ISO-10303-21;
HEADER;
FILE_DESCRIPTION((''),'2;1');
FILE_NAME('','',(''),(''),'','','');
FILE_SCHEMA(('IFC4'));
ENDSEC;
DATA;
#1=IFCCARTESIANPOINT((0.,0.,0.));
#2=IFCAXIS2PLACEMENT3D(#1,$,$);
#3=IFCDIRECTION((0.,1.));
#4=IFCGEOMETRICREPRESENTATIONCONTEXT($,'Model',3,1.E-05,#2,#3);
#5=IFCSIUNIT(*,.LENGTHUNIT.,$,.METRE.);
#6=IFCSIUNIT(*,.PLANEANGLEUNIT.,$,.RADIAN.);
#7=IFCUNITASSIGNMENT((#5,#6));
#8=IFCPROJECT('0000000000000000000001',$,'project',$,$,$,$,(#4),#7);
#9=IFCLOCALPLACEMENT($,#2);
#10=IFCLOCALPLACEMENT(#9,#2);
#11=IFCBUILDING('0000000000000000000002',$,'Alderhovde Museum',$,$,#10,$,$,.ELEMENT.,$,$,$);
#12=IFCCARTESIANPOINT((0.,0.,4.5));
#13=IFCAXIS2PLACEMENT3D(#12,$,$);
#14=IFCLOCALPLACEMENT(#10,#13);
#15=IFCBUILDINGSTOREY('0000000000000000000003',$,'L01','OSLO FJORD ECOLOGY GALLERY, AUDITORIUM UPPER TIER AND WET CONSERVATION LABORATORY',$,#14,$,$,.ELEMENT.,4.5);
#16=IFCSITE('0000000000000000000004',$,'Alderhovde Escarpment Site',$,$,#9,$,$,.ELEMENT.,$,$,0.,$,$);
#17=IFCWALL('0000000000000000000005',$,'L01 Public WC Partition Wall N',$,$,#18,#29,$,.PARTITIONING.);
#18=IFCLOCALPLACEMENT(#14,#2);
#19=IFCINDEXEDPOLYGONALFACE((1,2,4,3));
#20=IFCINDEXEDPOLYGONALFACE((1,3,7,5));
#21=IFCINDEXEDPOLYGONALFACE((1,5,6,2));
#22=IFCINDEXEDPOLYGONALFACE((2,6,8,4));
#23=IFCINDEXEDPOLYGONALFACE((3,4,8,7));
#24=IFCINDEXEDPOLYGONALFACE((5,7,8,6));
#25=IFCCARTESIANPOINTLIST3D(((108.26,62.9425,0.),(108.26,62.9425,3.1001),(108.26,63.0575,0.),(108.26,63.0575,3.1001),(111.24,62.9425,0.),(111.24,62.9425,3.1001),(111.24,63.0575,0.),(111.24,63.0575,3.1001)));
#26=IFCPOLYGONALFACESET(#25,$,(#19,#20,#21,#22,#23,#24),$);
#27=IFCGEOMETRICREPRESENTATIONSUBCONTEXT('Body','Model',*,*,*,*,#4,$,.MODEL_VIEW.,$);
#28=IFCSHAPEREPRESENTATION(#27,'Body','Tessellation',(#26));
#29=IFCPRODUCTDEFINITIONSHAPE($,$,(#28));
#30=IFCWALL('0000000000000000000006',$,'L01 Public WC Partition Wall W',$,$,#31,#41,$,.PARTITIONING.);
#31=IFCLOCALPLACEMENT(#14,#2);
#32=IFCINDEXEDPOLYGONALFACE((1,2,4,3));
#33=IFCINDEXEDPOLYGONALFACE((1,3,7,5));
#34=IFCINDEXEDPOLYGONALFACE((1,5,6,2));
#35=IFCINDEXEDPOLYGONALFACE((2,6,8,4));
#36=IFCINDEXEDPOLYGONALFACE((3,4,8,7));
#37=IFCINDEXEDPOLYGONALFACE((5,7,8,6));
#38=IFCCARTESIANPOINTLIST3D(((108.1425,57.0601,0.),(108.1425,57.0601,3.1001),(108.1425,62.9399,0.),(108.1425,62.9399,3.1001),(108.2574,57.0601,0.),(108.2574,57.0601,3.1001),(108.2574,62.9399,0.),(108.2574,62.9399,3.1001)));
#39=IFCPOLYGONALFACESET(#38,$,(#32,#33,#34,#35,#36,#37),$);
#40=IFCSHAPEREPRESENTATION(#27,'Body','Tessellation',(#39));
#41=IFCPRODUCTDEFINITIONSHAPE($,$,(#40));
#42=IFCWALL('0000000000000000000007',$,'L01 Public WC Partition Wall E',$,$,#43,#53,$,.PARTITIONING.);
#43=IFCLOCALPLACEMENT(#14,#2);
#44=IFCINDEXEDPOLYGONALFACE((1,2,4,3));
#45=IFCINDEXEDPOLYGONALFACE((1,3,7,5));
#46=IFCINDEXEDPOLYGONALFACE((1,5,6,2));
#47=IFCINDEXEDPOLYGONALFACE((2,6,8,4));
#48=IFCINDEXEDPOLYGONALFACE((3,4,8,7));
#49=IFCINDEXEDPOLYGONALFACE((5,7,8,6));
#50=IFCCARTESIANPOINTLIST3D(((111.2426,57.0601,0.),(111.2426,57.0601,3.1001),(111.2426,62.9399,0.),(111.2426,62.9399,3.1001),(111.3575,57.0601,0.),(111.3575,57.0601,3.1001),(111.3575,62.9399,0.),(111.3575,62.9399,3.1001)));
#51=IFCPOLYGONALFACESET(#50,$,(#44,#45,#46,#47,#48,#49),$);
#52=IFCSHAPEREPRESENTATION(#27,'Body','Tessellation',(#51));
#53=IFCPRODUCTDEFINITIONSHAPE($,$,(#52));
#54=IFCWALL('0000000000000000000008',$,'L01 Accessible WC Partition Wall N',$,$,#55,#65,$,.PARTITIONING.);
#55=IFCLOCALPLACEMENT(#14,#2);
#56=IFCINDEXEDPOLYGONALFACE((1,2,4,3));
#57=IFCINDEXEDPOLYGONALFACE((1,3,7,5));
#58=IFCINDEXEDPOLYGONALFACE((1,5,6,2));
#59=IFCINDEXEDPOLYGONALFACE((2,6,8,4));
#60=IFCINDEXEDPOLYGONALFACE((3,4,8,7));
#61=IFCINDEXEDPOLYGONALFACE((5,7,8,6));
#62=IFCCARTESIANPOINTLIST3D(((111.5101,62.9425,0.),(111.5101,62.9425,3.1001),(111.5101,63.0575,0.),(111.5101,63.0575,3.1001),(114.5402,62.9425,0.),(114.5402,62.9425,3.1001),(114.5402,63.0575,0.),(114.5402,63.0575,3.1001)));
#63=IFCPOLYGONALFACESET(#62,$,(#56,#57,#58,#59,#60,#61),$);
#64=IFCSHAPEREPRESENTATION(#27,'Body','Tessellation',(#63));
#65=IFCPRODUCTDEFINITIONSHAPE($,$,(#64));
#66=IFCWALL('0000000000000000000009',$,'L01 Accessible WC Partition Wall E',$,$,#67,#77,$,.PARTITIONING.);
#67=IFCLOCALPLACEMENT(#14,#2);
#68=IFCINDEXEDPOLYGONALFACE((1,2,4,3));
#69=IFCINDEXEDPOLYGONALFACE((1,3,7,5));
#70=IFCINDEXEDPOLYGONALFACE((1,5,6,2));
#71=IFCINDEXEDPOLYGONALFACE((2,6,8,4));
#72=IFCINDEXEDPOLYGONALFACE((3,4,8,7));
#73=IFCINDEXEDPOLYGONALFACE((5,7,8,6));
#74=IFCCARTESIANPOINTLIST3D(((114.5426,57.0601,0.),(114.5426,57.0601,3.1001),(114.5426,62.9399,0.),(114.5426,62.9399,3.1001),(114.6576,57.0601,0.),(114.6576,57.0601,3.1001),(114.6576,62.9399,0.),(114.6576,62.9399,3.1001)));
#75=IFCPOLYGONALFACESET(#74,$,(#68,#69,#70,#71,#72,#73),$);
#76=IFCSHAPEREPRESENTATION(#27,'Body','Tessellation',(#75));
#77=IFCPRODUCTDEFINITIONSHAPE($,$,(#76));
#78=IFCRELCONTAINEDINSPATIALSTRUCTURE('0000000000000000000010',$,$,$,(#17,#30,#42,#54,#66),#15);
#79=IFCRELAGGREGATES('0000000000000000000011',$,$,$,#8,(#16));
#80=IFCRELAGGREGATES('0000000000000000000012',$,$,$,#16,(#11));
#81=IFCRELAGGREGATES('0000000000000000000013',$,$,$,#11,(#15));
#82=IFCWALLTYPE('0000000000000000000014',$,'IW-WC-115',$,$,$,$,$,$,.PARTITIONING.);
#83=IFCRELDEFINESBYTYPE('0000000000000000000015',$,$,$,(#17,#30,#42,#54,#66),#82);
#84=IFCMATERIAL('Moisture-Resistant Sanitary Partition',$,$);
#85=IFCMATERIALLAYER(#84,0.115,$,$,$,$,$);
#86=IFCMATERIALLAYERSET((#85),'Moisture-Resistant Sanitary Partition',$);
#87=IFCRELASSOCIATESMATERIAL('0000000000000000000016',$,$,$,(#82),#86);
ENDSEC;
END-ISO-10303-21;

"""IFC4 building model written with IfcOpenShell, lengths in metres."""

from ifc_helpers import new_model, si_unit, direction, frame, frame_2d, origin, place, context, subcontext, project, spatial, rectangle, extrude, material, layer, layer_set, type_object, element, save


model = new_model("IFC4")

# Units and contexts
model_context = context("Model", 3, precision=1e-05, world=origin(), true_north=direction((0.0, 1.0)))
body_context = subcontext(model_context, "Body", "Model", "MODEL_VIEW")
ifc_project = project(units=[si_unit("LENGTHUNIT", "METRE"), si_unit("PLANEANGLEUNIT", "RADIAN")], contexts=[model_context])

# Site, building, storey
site_placement = place(None, origin())
site = spatial("IfcSite", under=ifc_project, at=site_placement, Name="Alderhovde Escarpment Site", CompositionType="ELEMENT", RefElevation=0.0)
building_placement = place(site_placement, origin())
building = spatial("IfcBuilding", under=site, at=building_placement, Name="Alderhovde Museum", CompositionType="ELEMENT")
storey_placement = place(building_placement, frame((0.0, 0.0, 4.5)))
storey = spatial("IfcBuildingStorey", under=building, at=storey_placement, Name="L01", Description="OSLO FJORD ECOLOGY GALLERY, AUDITORIUM UPPER TIER AND WET CONSERVATION LABORATORY", CompositionType="ELEMENT", Elevation=4.5)

# Wall
ifc_material_1 = material(Name="Moisture-Resistant Sanitary Partition")
ifc_layer = layer(ifc_material_1, 0.115)
ifc_layer_set = layer_set([ifc_layer], Name="Moisture-Resistant Sanitary Partition")
wall_type = type_object("IfcWallType", Name="IW-WC-115", PredefinedType="PARTITIONING", material=ifc_layer_set)
wall_1_placement = place(storey_placement, frame((108.26, 63.0, 0.0), z_axis=(0.0, 0.0, 1.0), x_axis=(1.0, 0.0, 0.0)))
element("IfcWall", 1, at=wall_1_placement, inside=storey, type_object=wall_type, Name="L01 Public WC Partition Wall N", PredefinedType="PARTITIONING", context=body_context, shape_type="SweptSolid", body=[
    extrude(rectangle(XDim=2.98, YDim=0.115, at=frame_2d((1.49, 0.0))), origin(), (0.0, 0.0, 1.0), 3.1001),
])

# Walls
for number, where, z_axis, x_axis, name in (
    (2, (108.2, 57.0601, 0.0), (0.0, 0.0, 1.0), (0.0, 1.0, 0.0), "L01 Public WC Partition Wall W"),
    (3, (111.3, 57.0601, 0.0), (0.0, 0.0, 1.0), (0.0, 1.0, 0.0), "L01 Public WC Partition Wall E"),
):
    element("IfcWall", number, at=place(storey_placement, frame(where, z_axis=z_axis, x_axis=x_axis)), inside=storey, type_object=wall_type, Name=name, PredefinedType="PARTITIONING", context=body_context, shape_type="SweptSolid", body=[
        extrude(rectangle(XDim=5.8799, YDim=0.115, at=frame_2d((2.9399, 0.0))), origin(), (0.0, 0.0, 1.0), 3.1001),
    ])
wall_2_placement = place(storey_placement, frame((111.51, 63.0, 0.0), z_axis=(0.0, 0.0, 1.0), x_axis=(1.0, 0.0, 0.0)))
element("IfcWall", 4, at=wall_2_placement, inside=storey, type_object=wall_type, Name="L01 Accessible WC Partition Wall N", PredefinedType="PARTITIONING", context=body_context, shape_type="SweptSolid", body=[
    extrude(rectangle(XDim=3.03, YDim=0.115, at=frame_2d((1.5151, 0.0))), origin(), (0.0, 0.0, 1.0), 3.1001),
])

# Wall
wall_3_placement = place(storey_placement, frame((114.6001, 57.0601, 0.0), z_axis=(0.0, 0.0, 1.0), x_axis=(0.0, 1.0, 0.0)))
element("IfcWall", 5, at=wall_3_placement, inside=storey, type_object=wall_type, Name="L01 Accessible WC Partition Wall E", PredefinedType="PARTITIONING", context=body_context, shape_type="SweptSolid", body=[
    extrude(rectangle(XDim=5.8799, YDim=0.115, at=frame_2d((2.9399, 0.0))), origin(), (0.0, 0.0, 1.0), 3.1001),
])

save(model, "model.ifc")
